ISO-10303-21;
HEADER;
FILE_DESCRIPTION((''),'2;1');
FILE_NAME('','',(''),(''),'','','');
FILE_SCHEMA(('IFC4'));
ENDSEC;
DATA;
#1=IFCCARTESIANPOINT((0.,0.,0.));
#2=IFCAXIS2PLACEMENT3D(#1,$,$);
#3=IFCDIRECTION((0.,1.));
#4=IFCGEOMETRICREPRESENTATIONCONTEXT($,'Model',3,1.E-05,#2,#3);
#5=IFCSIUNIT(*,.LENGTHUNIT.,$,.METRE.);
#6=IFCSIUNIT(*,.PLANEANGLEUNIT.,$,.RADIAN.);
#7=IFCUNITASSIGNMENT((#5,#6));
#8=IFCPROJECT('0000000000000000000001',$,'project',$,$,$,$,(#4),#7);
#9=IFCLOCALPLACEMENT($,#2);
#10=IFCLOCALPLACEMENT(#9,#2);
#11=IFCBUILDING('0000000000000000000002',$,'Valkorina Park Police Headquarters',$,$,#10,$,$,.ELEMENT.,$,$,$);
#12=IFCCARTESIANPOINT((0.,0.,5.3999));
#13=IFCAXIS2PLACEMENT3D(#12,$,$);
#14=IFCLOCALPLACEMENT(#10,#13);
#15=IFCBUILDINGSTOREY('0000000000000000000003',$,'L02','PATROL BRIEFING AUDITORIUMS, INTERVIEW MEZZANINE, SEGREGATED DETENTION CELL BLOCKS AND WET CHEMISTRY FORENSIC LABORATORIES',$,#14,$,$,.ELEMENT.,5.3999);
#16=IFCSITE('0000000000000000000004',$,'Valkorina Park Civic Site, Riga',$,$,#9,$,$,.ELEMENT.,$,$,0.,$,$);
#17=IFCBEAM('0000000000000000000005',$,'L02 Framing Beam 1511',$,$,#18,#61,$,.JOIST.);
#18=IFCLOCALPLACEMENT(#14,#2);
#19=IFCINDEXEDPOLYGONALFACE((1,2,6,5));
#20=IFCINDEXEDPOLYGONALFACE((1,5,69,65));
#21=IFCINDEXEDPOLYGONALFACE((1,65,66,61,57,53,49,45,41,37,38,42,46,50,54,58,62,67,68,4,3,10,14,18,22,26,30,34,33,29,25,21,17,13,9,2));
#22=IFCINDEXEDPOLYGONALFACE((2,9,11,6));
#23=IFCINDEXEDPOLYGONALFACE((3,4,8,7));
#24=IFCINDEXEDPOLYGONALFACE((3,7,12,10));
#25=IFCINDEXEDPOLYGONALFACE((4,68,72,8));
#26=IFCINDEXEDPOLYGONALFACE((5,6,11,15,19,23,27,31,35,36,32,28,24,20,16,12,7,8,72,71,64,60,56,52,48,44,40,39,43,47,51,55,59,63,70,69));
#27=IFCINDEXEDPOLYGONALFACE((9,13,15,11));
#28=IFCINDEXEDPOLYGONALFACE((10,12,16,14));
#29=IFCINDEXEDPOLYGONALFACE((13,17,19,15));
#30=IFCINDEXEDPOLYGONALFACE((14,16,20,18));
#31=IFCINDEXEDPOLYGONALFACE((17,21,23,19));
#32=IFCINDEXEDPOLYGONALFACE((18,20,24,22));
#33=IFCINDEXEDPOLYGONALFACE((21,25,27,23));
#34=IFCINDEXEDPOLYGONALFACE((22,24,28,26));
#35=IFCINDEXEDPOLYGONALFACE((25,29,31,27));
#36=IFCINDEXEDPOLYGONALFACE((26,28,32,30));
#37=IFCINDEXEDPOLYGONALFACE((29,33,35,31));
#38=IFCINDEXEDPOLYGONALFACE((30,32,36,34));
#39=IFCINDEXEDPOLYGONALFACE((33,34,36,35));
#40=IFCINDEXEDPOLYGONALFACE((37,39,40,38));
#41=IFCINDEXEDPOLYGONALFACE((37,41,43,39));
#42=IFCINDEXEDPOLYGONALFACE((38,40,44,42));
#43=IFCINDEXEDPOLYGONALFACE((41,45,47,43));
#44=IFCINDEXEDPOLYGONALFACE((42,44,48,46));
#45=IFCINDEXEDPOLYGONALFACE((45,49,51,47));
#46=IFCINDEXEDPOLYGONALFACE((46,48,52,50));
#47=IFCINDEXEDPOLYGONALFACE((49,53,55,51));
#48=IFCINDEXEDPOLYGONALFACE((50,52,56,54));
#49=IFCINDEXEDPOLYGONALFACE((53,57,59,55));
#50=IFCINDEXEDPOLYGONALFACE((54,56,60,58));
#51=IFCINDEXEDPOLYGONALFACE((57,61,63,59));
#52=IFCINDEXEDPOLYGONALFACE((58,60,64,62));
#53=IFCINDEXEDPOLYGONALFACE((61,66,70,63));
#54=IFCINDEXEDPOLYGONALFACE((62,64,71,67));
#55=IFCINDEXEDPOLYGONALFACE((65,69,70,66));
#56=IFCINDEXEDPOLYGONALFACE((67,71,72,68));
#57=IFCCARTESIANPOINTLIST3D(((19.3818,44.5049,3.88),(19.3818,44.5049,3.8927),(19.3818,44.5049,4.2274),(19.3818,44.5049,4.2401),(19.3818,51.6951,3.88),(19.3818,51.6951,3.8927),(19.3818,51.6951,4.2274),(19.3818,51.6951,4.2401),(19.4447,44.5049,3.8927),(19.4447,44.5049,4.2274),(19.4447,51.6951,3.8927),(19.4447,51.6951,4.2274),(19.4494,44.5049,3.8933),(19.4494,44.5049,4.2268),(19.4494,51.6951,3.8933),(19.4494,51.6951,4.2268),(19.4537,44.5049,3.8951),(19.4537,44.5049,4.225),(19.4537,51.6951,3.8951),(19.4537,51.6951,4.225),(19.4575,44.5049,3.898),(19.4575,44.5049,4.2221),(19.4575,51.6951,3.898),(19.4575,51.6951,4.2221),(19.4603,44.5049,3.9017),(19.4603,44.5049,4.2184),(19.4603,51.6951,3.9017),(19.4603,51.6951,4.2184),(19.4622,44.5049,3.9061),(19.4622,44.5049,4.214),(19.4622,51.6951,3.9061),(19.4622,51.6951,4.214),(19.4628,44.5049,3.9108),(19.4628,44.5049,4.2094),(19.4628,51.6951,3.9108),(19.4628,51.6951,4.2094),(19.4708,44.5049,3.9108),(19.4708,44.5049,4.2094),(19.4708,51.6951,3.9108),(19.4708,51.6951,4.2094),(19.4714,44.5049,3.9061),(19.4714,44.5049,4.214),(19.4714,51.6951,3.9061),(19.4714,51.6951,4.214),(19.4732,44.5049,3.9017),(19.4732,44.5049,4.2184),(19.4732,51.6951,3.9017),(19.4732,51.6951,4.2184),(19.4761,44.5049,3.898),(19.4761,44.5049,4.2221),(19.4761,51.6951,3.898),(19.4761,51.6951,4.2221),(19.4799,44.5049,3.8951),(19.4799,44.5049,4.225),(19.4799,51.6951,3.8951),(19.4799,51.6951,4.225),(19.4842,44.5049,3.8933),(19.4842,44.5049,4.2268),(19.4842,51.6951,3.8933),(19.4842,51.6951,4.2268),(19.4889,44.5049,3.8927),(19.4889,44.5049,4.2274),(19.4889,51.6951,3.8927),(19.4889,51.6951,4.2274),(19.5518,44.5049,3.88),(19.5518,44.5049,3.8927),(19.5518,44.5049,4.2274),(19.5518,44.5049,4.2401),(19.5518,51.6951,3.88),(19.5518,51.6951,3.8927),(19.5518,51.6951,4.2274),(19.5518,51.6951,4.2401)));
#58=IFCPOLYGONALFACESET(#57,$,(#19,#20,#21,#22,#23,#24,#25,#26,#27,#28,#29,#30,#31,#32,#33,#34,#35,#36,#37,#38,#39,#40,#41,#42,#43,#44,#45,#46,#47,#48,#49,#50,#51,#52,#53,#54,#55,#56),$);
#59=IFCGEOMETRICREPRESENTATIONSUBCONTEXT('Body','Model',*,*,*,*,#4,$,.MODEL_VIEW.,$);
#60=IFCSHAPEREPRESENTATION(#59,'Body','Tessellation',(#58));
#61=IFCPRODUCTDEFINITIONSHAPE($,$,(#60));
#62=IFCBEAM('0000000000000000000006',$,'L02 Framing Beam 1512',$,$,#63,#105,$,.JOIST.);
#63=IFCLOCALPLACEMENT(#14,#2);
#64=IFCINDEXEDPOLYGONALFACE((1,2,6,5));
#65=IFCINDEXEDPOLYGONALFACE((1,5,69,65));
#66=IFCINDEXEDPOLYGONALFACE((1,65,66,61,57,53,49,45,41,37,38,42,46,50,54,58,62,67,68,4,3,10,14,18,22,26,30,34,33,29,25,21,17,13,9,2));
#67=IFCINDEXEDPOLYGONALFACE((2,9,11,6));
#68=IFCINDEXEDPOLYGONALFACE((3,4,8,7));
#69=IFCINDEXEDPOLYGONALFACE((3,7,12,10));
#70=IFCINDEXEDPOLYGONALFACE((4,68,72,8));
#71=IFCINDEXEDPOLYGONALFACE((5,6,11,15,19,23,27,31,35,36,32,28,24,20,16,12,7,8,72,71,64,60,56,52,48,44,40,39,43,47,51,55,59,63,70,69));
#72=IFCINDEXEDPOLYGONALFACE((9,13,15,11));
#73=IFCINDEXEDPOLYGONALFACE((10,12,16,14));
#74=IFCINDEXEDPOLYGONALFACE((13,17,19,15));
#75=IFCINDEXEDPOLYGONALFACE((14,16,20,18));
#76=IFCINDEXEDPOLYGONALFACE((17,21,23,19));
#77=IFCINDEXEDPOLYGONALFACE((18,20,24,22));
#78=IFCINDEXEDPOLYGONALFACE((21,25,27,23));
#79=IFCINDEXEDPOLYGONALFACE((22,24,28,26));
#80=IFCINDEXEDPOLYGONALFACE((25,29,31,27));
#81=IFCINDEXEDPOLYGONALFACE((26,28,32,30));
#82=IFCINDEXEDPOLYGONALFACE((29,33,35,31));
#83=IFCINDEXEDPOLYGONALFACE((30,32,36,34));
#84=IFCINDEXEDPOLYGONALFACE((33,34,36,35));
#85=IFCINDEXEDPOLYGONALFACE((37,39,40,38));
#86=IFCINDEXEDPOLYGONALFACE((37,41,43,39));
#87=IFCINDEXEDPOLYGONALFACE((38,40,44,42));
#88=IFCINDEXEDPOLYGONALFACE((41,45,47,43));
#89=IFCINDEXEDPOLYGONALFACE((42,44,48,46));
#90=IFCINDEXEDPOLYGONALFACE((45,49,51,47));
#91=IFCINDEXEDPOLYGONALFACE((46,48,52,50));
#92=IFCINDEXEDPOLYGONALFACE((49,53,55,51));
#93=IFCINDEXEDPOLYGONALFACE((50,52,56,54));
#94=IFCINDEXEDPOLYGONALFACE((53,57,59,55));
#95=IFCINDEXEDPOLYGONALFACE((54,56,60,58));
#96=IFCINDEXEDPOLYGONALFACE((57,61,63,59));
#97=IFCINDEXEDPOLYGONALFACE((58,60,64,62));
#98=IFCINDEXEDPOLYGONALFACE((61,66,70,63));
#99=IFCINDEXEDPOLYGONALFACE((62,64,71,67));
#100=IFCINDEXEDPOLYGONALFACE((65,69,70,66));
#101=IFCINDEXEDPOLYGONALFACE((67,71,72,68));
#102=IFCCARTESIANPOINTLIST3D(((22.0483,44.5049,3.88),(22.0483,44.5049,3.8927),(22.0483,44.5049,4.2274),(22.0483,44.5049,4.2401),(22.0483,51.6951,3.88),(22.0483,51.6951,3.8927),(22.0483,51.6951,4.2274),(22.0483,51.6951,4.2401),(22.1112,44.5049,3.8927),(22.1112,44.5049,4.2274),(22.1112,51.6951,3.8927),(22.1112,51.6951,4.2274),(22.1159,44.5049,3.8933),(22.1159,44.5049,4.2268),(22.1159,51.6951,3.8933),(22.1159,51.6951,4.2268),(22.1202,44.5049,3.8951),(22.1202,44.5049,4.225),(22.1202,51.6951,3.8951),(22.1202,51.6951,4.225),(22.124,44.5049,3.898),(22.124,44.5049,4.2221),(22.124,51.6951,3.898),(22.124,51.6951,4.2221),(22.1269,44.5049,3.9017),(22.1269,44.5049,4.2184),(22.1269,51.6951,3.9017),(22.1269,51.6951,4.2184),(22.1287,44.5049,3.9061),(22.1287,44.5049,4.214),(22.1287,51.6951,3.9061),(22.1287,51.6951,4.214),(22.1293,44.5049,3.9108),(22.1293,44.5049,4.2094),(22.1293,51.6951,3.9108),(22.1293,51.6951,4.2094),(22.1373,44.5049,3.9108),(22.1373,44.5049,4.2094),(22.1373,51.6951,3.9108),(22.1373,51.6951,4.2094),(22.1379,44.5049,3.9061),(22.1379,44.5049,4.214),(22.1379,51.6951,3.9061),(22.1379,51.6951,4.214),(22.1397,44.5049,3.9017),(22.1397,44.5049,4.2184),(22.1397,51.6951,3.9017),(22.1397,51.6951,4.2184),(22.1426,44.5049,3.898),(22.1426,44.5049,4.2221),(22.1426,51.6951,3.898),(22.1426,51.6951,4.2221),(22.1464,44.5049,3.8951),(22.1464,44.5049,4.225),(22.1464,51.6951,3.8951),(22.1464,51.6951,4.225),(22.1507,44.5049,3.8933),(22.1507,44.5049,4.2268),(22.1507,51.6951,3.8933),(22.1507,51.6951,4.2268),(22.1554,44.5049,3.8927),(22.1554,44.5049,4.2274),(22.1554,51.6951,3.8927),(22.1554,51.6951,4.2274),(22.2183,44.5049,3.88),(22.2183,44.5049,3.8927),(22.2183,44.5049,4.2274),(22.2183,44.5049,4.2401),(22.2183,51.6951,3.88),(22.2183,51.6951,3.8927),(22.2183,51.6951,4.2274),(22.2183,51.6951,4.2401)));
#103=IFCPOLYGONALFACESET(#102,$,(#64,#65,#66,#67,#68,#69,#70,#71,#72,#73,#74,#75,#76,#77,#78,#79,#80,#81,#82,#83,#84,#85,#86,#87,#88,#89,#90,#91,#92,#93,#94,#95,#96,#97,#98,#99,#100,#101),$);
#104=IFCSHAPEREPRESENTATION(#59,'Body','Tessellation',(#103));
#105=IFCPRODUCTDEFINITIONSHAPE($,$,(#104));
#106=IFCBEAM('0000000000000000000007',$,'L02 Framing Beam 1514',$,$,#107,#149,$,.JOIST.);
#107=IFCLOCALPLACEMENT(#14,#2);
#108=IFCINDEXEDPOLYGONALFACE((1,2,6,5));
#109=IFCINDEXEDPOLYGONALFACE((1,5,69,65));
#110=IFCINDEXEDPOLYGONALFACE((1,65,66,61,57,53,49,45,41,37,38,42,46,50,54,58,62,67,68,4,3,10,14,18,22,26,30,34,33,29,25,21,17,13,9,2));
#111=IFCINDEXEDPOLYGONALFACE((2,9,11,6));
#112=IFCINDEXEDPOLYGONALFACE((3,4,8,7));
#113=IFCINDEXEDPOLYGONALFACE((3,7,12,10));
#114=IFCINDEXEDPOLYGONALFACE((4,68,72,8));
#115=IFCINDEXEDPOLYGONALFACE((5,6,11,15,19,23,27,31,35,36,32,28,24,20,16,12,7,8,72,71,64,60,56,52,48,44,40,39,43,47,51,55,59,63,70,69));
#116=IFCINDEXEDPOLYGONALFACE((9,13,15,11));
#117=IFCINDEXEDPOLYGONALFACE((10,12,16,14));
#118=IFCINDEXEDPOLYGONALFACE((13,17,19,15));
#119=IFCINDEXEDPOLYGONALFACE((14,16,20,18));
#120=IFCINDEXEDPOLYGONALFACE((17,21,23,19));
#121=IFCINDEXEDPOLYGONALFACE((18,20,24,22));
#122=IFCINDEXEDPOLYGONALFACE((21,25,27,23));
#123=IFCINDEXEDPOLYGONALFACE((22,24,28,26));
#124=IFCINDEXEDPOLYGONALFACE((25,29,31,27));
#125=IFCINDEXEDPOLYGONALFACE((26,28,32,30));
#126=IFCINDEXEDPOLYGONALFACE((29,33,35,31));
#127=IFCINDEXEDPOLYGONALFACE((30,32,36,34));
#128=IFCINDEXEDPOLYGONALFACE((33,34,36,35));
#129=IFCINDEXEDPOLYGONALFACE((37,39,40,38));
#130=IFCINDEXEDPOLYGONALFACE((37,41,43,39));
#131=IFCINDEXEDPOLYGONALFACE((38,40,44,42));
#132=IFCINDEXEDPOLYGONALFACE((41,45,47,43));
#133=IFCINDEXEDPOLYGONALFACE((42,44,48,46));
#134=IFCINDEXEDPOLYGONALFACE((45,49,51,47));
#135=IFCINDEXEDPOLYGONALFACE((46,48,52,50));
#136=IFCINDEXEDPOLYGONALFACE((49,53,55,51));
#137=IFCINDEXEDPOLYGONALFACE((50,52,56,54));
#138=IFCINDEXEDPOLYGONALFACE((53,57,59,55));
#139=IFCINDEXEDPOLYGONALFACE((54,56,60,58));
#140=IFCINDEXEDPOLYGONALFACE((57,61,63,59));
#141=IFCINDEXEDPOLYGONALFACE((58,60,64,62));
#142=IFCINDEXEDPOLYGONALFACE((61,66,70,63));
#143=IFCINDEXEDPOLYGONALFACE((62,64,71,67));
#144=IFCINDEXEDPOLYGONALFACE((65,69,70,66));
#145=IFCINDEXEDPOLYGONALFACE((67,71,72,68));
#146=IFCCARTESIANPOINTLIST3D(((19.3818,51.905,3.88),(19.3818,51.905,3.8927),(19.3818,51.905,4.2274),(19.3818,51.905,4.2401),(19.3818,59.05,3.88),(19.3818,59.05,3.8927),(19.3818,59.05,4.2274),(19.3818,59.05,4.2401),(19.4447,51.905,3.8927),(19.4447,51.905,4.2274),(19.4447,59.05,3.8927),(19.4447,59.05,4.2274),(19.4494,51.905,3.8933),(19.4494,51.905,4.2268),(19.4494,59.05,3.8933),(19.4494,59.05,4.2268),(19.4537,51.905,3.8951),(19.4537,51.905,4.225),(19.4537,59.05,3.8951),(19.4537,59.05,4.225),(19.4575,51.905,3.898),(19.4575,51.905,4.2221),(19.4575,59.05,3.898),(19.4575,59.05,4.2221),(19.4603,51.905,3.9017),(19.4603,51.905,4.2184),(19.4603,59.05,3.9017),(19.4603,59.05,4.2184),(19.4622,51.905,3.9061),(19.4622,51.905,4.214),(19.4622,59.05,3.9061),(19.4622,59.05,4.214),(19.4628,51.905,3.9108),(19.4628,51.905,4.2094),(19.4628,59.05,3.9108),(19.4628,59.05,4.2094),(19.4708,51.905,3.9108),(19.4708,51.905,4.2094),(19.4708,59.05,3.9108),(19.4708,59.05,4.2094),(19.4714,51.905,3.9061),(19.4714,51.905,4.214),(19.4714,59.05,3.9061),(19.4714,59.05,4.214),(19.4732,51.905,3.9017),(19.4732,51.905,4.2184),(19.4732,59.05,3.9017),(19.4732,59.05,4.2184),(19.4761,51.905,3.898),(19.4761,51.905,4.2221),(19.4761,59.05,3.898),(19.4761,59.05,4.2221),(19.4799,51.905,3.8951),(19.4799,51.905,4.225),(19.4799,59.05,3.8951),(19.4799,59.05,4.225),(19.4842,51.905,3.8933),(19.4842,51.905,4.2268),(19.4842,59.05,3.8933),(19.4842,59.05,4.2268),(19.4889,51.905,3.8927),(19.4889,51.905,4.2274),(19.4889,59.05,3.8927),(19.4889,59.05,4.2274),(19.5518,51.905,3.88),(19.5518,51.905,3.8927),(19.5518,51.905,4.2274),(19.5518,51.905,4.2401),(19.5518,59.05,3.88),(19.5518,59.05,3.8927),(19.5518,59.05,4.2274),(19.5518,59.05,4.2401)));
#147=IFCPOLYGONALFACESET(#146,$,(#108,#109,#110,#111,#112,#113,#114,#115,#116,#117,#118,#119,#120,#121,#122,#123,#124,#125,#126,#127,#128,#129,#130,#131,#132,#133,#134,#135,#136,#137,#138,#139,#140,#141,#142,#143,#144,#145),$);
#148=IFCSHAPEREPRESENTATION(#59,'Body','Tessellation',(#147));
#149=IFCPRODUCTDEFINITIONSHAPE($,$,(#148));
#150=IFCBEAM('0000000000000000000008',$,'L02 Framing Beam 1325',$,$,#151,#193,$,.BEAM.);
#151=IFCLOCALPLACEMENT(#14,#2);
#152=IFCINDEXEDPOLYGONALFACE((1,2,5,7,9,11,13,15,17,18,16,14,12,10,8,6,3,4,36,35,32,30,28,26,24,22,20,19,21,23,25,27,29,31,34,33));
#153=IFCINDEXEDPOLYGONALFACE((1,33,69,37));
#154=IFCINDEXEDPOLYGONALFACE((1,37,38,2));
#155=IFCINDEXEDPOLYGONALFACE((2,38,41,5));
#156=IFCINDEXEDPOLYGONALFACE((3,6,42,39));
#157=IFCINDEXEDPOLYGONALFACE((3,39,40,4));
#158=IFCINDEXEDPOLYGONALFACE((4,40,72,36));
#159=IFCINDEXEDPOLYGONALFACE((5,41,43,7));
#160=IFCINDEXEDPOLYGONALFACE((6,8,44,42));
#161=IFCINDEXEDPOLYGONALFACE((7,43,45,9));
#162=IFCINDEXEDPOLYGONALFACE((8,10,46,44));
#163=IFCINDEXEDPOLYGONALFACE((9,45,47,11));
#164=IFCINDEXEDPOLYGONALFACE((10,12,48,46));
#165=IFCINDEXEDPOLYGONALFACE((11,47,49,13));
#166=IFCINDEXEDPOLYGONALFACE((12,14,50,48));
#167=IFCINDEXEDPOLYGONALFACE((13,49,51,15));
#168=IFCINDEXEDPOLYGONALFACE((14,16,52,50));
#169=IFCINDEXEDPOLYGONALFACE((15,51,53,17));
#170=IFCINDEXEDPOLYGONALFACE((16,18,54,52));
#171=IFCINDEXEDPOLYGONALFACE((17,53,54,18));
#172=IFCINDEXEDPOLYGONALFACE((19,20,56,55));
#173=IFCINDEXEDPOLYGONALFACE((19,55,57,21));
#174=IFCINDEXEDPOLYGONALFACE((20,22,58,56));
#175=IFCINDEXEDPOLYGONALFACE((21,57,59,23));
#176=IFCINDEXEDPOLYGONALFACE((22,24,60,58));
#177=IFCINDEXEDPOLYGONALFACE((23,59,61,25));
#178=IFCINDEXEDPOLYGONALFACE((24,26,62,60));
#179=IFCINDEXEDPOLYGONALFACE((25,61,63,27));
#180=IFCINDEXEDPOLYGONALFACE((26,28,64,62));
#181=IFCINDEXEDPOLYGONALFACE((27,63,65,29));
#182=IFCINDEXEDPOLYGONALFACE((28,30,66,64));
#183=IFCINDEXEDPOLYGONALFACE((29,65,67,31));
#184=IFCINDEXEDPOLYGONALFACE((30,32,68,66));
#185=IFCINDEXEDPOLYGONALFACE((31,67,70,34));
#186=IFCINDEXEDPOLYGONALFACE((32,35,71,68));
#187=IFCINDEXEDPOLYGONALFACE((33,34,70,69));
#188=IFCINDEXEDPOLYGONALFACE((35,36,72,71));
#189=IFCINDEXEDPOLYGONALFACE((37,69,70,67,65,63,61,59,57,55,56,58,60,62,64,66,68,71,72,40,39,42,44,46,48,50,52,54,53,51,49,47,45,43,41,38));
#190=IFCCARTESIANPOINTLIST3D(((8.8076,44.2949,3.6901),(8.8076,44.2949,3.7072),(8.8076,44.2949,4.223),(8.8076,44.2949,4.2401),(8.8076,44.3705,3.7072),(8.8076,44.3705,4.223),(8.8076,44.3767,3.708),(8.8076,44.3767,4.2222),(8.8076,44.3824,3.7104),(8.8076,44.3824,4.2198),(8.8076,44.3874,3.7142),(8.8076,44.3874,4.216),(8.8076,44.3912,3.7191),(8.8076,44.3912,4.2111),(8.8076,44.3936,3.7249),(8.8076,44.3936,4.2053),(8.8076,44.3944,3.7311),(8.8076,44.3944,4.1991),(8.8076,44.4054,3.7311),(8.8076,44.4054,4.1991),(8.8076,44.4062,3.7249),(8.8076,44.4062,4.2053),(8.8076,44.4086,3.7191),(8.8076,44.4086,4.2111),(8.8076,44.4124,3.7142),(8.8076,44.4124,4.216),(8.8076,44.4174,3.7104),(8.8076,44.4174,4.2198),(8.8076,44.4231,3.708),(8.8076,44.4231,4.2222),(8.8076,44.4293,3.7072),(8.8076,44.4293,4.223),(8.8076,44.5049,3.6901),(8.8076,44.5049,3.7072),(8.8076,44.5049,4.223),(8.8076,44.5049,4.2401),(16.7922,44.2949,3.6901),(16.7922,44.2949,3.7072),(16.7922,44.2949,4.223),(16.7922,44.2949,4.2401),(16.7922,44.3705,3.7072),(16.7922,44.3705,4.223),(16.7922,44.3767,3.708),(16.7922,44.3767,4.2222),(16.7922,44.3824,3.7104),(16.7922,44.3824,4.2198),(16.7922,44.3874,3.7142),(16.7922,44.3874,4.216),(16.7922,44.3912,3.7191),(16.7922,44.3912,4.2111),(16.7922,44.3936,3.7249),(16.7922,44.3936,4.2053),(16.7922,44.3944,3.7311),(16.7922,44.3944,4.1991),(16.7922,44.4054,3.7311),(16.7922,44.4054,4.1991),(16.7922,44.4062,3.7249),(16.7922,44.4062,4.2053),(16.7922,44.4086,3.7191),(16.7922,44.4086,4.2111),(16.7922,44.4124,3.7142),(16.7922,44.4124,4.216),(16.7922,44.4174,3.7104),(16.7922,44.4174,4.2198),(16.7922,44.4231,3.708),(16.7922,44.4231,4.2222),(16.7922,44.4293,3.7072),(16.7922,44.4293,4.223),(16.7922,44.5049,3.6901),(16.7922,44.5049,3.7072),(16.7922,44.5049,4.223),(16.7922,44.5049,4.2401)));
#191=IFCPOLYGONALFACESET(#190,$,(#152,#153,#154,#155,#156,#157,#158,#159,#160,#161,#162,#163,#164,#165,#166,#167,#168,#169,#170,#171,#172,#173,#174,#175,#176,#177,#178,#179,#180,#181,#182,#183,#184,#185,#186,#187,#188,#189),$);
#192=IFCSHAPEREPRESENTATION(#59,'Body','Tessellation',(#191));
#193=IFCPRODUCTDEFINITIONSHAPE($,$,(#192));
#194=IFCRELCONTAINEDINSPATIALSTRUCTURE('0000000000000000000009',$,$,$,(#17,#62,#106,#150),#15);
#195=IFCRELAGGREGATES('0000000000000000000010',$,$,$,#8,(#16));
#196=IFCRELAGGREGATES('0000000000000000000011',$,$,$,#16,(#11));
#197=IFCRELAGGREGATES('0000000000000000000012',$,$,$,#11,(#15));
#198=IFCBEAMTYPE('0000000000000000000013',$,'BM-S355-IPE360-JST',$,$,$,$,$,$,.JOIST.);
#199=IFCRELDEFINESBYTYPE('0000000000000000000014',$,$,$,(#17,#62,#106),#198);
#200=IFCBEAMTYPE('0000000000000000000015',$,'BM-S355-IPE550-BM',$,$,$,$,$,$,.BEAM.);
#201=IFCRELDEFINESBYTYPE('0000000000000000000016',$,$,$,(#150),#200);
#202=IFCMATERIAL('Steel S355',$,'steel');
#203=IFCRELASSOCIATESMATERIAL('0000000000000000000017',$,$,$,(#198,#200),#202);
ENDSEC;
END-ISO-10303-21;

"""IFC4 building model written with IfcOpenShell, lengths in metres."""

from ifc_helpers import new_model, si_unit, direction, frame, origin, origin_2d, place, context, subcontext, project, spatial, i_section, extrude, material, material_profile, profile_set, type_object, element, save


model = new_model("IFC4")

# Units and contexts
model_context = context("Model", 3, precision=1e-05, world=origin(), true_north=direction((0.0, 1.0)))
body_context = subcontext(model_context, "Body", "Model", "MODEL_VIEW")
ifc_project = project(units=[si_unit("LENGTHUNIT", "METRE"), si_unit("PLANEANGLEUNIT", "RADIAN")], contexts=[model_context])

# Site, building, storey
site_placement = place(None, origin())
site = spatial("IfcSite", under=ifc_project, at=site_placement, Name="Valkorina Park Civic Site, Riga", CompositionType="ELEMENT", RefElevation=0.0)
building_placement = place(site_placement, origin())
building = spatial("IfcBuilding", under=site, at=building_placement, Name="Valkorina Park Police Headquarters", CompositionType="ELEMENT")
storey_placement = place(building_placement, frame((0.0, 0.0, 5.3999)))
storey = spatial("IfcBuildingStorey", under=building, at=storey_placement, Name="L02", Description="PATROL BRIEFING AUDITORIUMS, INTERVIEW MEZZANINE, SEGREGATED DETENTION CELL BLOCKS AND WET CHEMISTRY FORENSIC LABORATORIES", CompositionType="ELEMENT", Elevation=5.3999)

# Shared definitions
ifc_material_1 = material(Name="Steel S355", Category="steel")

# Beams
ifc_material_profile_1 = material_profile(ifc_material_1, i_section(OverallWidth=0.1699, OverallDepth=0.3601, WebThickness=0.0081, FlangeThickness=0.0127, FilletRadius=0.0181, at=origin_2d()), Name="IPE 360")
ifc_profile_set_1 = profile_set([ifc_material_profile_1], Name="Steel S355")
beam_type_1 = type_object("IfcBeamType", Name="BM-S355-IPE360-JST", PredefinedType="JOIST", material=ifc_profile_set_1)
for number, where, z_axis, x_axis, name in (
    (1, (19.4668, 44.5049, 4.0601), (0.0, 1.0, 0.0), (-1.0, 0.0, 0.0), "L02 Framing Beam 1511"),
    (2, (22.1333, 44.5049, 4.0601), (0.0, 1.0, 0.0), (-1.0, 0.0, 0.0), "L02 Framing Beam 1512"),
):
    element("IfcBeam", number, at=place(storey_placement, frame(where, z_axis=z_axis, x_axis=x_axis)), inside=storey, type_object=beam_type_1, Name=name, PredefinedType="JOIST", context=body_context, shape_type="SweptSolid", body=[
        extrude(i_section(OverallWidth=0.1699, OverallDepth=0.3601, WebThickness=0.0081, FlangeThickness=0.0127, FilletRadius=0.0181, at=origin_2d()), origin(), (0.0, 0.0, 1.0), 7.1902),
    ])
beam_1_placement = place(storey_placement, frame((19.4668, 51.905, 4.0601), z_axis=(0.0, 1.0, 0.0), x_axis=(-1.0, 0.0, 0.0)))
element("IfcBeam", 3, at=beam_1_placement, inside=storey, type_object=beam_type_1, Name="L02 Framing Beam 1514", PredefinedType="JOIST", context=body_context, shape_type="SweptSolid", body=[
    extrude(i_section(OverallWidth=0.1699, OverallDepth=0.3601, WebThickness=0.0081, FlangeThickness=0.0127, FilletRadius=0.0181, at=origin_2d()), origin(), (0.0, 0.0, 1.0), 7.145),
])
ifc_material_profile_2 = material_profile(ifc_material_1, i_section(OverallWidth=0.21, OverallDepth=0.55, WebThickness=0.011, FlangeThickness=0.0171, FilletRadius=0.0239, at=origin_2d()), Name="IPE 550")
ifc_profile_set_2 = profile_set([ifc_material_profile_2], Name="Steel S355")
beam_type_2 = type_object("IfcBeamType", Name="BM-S355-IPE550-BM", PredefinedType="BEAM", material=ifc_profile_set_2)
for number, where, z_axis, x_axis, name in (
    (4, (8.8076, 44.3999, 3.9651), (1.0, 0.0, 0.0), (0.0, 1.0, 0.0), "L02 Framing Beam 1325"),
):
    element("IfcBeam", number, at=place(storey_placement, frame(where, z_axis=z_axis, x_axis=x_axis)), inside=storey, type_object=beam_type_2, Name=name, PredefinedType="BEAM", context=body_context, shape_type="SweptSolid", body=[
        extrude(i_section(OverallWidth=0.21, OverallDepth=0.55, WebThickness=0.011, FlangeThickness=0.0171, FilletRadius=0.0239, at=origin_2d()), origin(), (0.0, 0.0, 1.0), 7.9846),
    ])

save(model, "model.ifc")
